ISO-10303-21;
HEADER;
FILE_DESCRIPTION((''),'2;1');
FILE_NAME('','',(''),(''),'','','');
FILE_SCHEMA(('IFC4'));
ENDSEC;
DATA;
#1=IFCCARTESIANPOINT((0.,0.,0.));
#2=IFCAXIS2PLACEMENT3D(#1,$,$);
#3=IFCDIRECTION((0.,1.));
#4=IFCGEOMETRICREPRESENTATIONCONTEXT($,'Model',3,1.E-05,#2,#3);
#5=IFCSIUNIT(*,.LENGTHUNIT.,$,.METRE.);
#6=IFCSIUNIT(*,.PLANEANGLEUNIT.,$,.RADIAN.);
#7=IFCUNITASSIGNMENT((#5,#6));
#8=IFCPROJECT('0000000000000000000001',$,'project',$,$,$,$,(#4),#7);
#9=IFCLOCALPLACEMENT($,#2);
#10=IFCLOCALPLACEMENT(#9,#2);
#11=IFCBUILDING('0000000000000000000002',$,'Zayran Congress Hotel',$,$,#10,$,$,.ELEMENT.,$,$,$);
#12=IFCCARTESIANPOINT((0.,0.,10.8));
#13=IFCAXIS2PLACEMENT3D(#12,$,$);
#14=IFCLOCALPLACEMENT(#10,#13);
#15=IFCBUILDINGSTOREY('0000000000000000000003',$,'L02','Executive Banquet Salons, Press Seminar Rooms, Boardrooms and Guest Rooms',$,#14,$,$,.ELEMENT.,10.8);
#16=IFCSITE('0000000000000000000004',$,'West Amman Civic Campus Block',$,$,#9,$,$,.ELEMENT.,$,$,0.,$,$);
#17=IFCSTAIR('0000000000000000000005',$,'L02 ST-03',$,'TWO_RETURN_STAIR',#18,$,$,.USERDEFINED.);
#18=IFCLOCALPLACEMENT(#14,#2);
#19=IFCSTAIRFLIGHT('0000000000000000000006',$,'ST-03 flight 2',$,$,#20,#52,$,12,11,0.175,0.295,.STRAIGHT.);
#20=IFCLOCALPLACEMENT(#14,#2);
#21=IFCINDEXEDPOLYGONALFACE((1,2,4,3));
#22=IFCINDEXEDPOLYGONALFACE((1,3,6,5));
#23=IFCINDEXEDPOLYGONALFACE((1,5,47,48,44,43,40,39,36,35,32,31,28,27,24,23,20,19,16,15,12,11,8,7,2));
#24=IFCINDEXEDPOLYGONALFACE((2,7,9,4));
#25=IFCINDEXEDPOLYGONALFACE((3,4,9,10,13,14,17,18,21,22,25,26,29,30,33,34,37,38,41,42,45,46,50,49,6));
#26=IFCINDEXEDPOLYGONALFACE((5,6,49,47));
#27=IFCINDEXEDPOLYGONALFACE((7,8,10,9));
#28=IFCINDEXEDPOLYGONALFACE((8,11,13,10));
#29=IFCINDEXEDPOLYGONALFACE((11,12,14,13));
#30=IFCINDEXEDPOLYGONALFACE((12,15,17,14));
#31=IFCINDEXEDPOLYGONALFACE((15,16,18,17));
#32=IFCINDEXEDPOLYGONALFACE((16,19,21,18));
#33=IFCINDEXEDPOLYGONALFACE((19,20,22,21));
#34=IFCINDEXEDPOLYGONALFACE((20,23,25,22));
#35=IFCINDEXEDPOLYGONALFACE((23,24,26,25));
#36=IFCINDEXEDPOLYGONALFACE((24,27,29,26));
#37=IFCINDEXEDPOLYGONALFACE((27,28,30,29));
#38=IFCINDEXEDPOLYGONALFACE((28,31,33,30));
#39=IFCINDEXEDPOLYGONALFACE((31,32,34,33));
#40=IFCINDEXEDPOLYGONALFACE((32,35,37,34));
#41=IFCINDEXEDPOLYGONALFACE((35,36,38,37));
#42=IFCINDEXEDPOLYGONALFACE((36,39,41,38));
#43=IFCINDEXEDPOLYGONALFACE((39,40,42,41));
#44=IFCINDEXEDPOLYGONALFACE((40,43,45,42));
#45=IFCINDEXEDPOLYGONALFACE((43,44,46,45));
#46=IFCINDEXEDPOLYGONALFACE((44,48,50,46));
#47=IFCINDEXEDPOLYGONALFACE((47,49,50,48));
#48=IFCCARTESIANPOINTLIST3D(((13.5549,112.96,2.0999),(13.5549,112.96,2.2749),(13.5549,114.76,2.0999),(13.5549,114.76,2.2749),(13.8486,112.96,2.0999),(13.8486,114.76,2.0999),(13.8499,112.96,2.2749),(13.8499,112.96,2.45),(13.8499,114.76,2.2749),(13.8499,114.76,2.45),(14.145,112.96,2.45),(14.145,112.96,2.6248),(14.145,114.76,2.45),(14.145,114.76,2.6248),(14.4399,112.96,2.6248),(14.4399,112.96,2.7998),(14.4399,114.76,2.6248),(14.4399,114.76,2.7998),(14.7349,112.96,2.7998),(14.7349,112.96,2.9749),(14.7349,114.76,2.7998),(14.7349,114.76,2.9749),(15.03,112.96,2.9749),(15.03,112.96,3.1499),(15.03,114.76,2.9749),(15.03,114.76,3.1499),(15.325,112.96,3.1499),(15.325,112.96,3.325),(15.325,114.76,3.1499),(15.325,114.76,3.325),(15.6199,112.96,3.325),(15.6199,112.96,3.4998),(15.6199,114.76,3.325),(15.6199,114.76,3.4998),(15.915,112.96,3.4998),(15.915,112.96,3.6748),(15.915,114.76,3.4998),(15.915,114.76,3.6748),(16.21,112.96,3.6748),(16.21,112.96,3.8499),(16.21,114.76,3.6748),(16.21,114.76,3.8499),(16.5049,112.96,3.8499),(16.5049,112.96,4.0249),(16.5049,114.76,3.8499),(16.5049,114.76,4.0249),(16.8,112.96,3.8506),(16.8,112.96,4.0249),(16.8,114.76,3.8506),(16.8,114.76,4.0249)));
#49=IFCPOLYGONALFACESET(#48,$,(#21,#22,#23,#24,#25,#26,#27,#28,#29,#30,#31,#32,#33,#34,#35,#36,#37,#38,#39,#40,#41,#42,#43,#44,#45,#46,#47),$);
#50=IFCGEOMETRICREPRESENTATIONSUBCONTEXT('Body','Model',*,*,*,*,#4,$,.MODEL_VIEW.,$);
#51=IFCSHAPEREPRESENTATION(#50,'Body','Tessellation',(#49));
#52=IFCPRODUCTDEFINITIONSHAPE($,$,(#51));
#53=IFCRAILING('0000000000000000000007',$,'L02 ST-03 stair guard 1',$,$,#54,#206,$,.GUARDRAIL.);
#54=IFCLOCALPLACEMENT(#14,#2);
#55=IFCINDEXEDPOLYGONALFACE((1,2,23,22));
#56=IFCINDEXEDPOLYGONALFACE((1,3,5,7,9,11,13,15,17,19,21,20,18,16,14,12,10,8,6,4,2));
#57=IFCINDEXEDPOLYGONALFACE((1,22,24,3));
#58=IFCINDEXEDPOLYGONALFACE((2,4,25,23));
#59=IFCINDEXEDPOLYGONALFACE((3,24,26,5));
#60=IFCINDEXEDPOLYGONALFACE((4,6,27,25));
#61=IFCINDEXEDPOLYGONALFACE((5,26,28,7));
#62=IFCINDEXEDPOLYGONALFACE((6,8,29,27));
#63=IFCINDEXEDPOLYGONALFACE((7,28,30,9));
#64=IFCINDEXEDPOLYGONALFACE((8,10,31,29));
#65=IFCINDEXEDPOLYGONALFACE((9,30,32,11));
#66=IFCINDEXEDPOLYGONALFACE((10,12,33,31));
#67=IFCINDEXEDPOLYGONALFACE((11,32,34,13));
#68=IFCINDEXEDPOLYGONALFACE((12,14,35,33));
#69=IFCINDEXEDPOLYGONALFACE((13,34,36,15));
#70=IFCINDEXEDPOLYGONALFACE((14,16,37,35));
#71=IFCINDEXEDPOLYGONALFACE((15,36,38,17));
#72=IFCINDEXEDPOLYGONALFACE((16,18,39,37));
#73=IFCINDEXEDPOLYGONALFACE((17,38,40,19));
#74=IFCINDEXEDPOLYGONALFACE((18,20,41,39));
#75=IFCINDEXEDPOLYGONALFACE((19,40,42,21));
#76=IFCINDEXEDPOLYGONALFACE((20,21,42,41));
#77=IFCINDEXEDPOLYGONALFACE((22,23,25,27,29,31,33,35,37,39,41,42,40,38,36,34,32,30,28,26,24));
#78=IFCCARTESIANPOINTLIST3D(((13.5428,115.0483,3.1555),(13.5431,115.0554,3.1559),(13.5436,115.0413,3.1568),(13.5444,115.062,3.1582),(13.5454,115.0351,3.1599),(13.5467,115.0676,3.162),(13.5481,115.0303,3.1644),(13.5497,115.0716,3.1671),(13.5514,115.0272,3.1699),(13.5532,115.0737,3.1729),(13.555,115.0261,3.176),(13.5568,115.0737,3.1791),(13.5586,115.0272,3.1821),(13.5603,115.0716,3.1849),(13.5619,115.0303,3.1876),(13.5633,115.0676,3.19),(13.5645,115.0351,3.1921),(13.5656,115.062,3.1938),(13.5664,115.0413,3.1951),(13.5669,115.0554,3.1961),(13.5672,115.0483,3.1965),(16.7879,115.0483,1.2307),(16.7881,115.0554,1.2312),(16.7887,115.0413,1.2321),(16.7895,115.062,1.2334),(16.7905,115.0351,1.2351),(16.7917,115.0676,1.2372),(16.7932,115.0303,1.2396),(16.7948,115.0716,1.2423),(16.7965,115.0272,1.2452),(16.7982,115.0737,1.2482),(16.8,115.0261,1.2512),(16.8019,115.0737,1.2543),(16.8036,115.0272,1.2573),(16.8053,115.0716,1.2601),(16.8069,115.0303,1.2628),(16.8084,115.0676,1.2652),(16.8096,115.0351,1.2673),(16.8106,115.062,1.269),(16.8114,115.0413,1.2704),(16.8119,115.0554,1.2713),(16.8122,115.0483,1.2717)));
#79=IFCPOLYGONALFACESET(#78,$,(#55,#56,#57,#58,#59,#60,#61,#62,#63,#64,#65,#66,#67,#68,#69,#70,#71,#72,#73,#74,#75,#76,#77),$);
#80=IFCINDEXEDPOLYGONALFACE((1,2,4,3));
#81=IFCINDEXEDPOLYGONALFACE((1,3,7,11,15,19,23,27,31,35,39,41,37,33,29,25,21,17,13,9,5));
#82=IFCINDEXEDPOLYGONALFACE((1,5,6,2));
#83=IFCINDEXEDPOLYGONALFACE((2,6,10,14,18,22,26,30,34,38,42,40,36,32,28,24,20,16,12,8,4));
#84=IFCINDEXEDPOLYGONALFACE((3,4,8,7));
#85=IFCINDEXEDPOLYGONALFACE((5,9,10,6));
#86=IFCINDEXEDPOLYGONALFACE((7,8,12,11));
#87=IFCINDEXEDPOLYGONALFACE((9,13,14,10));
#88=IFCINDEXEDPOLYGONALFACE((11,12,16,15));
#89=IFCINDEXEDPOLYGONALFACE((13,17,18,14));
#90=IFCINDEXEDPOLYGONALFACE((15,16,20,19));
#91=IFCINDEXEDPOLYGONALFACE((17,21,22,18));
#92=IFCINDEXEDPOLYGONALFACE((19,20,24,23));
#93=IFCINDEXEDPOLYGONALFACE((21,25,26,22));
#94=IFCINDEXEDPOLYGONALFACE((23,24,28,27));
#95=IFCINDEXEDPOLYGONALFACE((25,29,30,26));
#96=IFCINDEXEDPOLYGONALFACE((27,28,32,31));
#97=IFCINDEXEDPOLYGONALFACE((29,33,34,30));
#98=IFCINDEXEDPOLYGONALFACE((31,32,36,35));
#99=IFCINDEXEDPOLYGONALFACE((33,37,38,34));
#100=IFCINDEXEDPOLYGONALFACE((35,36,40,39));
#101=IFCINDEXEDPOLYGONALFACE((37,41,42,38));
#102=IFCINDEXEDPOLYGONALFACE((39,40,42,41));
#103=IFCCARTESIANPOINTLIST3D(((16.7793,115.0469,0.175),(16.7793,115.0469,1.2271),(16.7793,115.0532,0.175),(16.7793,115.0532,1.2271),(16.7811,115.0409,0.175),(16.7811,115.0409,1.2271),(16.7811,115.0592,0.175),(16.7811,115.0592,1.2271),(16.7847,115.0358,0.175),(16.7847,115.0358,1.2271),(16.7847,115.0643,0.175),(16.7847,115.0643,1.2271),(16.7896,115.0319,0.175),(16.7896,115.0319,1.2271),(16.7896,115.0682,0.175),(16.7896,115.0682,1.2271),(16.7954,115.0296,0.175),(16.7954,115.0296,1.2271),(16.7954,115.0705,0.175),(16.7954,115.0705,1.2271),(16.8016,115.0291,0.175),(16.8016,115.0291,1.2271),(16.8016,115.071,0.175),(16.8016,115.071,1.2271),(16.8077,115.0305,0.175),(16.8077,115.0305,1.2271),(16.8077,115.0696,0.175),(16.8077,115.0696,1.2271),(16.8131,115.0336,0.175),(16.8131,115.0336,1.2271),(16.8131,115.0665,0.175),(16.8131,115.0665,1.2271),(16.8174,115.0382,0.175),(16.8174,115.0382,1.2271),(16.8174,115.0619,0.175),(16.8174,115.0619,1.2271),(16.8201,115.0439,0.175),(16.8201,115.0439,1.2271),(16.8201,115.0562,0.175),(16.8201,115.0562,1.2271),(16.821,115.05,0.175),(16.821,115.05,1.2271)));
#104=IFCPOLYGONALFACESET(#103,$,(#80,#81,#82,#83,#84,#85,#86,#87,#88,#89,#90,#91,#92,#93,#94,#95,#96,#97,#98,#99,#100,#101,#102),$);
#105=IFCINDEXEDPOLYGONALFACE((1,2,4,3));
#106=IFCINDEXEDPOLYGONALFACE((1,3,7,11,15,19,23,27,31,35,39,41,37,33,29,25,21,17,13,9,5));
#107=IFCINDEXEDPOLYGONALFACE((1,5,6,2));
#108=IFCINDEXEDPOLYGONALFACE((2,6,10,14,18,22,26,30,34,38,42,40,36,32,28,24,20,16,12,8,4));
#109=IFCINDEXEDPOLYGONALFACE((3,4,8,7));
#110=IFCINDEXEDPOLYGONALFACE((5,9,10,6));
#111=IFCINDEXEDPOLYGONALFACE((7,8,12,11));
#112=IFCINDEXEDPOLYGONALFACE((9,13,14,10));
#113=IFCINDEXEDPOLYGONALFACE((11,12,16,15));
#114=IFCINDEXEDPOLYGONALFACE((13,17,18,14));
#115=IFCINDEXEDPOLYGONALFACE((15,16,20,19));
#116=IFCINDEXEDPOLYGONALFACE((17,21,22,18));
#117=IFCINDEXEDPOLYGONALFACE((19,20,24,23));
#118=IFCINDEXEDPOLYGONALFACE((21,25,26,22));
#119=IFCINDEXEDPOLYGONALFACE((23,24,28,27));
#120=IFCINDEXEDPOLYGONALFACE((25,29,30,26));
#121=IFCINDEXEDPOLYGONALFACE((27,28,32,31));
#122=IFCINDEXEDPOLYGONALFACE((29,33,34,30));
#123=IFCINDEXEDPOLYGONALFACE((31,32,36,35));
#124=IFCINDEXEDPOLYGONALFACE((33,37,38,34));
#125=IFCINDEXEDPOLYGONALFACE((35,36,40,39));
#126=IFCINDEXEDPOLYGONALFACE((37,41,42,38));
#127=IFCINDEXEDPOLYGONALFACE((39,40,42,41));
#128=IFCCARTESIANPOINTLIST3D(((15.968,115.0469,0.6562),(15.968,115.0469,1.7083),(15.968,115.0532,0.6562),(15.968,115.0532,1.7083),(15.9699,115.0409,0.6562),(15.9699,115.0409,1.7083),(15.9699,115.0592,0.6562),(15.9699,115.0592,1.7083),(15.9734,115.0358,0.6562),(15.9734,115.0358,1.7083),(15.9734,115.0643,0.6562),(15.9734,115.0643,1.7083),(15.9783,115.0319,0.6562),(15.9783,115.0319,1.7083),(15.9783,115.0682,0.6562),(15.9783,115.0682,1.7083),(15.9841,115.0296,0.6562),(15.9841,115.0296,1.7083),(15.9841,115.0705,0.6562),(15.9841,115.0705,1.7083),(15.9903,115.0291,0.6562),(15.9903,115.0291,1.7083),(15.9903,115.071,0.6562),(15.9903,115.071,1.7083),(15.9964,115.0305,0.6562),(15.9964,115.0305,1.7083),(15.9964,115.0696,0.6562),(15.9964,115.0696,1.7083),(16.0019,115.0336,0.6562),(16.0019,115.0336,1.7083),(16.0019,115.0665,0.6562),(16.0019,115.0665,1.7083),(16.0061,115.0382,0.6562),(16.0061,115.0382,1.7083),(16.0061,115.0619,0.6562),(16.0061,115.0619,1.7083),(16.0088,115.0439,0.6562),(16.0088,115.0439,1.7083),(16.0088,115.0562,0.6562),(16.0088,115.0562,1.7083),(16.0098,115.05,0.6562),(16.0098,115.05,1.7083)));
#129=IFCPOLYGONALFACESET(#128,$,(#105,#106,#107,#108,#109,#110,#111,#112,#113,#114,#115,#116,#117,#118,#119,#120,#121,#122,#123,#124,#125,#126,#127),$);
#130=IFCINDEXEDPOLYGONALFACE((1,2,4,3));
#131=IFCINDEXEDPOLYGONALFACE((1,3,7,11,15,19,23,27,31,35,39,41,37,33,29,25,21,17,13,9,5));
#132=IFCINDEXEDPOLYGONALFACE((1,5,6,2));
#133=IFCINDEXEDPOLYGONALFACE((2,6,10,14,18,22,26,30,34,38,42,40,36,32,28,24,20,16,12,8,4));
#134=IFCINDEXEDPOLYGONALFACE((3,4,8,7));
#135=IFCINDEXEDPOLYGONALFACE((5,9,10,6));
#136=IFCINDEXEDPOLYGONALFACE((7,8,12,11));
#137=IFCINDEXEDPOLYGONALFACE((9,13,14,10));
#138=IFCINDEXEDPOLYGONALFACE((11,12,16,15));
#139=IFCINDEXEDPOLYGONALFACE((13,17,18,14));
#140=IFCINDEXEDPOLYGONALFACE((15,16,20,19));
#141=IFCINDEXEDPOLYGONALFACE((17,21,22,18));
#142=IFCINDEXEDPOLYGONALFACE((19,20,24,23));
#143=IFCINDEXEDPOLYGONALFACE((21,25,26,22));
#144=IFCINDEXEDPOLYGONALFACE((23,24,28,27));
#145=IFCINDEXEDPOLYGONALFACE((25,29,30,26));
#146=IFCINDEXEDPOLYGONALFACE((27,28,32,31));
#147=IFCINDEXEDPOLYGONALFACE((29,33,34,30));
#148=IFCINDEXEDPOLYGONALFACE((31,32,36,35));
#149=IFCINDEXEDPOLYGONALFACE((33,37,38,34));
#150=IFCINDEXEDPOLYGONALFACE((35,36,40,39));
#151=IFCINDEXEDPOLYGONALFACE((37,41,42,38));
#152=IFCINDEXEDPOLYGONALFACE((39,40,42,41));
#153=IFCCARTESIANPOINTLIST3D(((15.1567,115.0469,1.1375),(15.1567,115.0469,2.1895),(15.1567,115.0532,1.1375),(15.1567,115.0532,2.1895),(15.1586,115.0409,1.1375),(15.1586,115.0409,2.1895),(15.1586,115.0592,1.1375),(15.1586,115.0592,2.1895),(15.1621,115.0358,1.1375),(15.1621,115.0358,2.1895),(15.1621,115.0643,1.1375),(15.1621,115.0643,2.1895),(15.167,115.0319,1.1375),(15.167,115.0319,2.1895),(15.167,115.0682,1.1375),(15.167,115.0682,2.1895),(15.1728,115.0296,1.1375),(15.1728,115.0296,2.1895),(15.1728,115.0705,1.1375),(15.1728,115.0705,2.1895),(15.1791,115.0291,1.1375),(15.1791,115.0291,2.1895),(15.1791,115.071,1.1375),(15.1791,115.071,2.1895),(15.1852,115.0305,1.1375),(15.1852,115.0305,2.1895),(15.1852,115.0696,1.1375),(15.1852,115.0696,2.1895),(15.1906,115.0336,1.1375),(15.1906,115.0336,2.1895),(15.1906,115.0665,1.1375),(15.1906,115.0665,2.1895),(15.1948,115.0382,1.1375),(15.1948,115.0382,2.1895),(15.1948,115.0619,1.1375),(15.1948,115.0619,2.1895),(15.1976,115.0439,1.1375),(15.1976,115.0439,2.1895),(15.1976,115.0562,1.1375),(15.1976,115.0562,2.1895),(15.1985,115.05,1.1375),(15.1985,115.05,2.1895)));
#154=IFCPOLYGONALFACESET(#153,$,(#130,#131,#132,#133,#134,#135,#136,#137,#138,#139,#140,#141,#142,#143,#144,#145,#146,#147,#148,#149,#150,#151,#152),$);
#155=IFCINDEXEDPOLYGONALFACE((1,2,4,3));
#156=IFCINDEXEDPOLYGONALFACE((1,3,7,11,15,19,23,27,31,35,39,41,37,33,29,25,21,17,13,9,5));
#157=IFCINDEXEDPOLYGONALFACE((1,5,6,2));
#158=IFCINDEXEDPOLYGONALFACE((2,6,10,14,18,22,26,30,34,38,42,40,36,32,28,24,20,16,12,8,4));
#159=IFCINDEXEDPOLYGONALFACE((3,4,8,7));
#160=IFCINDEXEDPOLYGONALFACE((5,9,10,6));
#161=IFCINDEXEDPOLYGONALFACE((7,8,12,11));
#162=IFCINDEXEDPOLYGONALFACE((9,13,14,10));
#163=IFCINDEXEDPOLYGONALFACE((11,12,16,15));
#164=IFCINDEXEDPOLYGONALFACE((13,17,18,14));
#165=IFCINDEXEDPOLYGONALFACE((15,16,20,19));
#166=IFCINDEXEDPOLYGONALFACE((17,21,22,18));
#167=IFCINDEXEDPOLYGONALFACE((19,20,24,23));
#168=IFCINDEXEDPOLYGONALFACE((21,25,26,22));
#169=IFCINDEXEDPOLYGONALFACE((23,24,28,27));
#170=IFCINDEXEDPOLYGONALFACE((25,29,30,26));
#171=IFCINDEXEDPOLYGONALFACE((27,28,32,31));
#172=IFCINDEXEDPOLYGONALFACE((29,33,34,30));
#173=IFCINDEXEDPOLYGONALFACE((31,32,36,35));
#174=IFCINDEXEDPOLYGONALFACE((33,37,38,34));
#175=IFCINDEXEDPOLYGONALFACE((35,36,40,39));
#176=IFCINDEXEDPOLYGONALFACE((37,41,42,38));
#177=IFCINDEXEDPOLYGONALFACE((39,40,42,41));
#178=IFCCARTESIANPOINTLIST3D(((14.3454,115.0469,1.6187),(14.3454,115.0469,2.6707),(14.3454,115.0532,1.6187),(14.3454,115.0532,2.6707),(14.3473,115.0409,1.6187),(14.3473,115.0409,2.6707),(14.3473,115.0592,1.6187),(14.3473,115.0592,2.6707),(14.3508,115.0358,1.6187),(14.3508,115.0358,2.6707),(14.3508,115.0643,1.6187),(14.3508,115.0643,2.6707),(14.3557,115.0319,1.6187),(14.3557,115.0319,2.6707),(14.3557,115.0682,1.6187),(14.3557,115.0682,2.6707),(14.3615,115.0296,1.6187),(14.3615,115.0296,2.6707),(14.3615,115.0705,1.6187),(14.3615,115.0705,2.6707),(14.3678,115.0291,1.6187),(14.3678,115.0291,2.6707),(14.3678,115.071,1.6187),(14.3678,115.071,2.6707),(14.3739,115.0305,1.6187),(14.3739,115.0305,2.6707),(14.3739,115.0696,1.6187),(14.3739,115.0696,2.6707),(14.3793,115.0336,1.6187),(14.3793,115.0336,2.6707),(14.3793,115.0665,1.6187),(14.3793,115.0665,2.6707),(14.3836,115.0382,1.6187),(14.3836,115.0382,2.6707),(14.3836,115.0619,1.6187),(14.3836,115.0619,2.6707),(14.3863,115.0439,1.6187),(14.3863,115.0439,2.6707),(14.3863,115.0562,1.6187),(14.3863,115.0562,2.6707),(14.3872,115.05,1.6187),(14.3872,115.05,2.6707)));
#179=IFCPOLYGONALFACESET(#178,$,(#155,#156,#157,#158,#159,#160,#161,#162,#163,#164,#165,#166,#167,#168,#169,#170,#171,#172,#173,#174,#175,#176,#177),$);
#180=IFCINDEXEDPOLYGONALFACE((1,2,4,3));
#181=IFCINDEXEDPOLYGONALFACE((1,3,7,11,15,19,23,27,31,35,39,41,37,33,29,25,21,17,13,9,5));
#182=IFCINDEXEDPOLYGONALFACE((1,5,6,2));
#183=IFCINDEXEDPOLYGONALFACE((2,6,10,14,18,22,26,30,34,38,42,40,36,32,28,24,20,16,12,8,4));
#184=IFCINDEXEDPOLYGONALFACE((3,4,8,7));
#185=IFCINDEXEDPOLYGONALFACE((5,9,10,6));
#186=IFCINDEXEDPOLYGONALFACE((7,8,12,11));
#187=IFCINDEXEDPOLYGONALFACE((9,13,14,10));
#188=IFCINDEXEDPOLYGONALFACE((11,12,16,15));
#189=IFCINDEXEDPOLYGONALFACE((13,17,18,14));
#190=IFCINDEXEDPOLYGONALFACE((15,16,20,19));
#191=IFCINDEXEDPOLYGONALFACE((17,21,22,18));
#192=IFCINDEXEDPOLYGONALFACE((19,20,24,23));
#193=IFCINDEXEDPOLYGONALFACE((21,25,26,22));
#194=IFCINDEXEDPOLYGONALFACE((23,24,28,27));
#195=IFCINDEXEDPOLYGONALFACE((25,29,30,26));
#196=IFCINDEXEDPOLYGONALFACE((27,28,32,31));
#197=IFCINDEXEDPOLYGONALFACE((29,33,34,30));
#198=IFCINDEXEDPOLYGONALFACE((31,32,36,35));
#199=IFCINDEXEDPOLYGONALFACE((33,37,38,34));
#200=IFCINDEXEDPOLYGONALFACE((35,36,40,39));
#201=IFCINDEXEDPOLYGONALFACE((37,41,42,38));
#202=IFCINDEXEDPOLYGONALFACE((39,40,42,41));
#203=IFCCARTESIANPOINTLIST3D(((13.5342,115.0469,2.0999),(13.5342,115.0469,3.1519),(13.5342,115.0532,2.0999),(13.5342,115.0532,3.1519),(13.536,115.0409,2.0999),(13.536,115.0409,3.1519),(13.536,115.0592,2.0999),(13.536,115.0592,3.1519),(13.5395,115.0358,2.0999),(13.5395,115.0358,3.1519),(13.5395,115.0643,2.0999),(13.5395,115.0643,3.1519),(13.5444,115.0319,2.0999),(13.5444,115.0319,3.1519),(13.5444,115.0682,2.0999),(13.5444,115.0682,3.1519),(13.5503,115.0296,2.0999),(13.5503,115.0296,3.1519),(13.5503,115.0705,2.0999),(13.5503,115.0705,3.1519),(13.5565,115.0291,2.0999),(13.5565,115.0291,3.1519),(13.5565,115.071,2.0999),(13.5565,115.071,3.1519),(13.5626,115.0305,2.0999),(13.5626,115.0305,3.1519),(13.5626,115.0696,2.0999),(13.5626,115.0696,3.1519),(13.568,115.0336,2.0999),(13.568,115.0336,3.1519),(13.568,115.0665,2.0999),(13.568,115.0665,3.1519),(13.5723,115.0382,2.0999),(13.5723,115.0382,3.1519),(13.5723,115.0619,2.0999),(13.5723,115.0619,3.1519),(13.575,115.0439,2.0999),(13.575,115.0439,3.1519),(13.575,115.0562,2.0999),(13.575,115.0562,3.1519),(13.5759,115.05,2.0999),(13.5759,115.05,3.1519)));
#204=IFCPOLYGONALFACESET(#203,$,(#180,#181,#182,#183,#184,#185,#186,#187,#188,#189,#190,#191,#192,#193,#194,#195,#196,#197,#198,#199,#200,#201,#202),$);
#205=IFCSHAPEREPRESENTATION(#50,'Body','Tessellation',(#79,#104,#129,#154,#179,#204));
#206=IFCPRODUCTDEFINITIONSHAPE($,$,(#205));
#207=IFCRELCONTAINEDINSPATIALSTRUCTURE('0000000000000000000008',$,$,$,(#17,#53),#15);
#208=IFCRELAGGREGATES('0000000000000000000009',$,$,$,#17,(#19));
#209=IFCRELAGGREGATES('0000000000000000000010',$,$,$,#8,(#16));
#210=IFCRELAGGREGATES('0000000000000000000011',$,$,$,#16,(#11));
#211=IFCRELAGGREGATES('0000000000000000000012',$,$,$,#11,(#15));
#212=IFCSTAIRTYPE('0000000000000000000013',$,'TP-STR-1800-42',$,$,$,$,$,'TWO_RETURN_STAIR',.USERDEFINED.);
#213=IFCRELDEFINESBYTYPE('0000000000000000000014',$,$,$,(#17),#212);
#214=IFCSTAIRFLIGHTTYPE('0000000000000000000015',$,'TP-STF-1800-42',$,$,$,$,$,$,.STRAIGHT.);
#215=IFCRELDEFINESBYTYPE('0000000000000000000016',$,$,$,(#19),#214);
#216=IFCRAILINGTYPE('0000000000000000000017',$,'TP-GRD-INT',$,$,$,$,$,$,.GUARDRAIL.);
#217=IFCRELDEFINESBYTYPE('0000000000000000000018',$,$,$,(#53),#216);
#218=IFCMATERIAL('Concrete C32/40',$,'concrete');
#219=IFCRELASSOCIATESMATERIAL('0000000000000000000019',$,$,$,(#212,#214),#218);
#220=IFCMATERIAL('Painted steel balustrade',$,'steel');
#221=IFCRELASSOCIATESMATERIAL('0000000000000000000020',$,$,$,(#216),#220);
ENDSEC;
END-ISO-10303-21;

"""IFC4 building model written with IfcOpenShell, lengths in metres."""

from ifc_helpers import new_model, si_unit, direction, frame, origin, origin_2d, place, context, subcontext, project, spatial, polyline, circle, outline, extrude, material, type_object, element, aggregate, save


model = new_model("IFC4")

# Units and contexts
model_context = context("Model", 3, precision=1e-05, world=origin(), true_north=direction((0.0, 1.0)))
body_context = subcontext(model_context, "Body", "Model", "MODEL_VIEW")
ifc_project = project(units=[si_unit("LENGTHUNIT", "METRE"), si_unit("PLANEANGLEUNIT", "RADIAN")], contexts=[model_context])

# Site, building, storey
site_placement = place(None, origin())
site = spatial("IfcSite", under=ifc_project, at=site_placement, Name="West Amman Civic Campus Block", CompositionType="ELEMENT", RefElevation=0.0)
building_placement = place(site_placement, origin())
building = spatial("IfcBuilding", under=site, at=building_placement, Name="Zayran Congress Hotel", CompositionType="ELEMENT")
storey_placement = place(building_placement, frame((0.0, 0.0, 10.8)))
storey = spatial("IfcBuildingStorey", under=building, at=storey_placement, Name="L02", Description="Executive Banquet Salons, Press Seminar Rooms, Boardrooms and Guest Rooms", CompositionType="ELEMENT", Elevation=10.8)

# Stair, stair flight
ifc_material_1 = material(Name="Concrete C32/40", Category="concrete")
stair_type = type_object("IfcStairType", Name="TP-STR-1800-42", ElementType="TWO_RETURN_STAIR", PredefinedType="USERDEFINED", material=ifc_material_1)
stair_placement = place(storey_placement, origin())
stair = element("IfcStair", 1, at=stair_placement, inside=storey, type_object=stair_type, Name="L02 ST-03", ObjectType="TWO_RETURN_STAIR", PredefinedType="USERDEFINED")
stair_flight_type = type_object("IfcStairFlightType", Name="TP-STF-1800-42", PredefinedType="STRAIGHT", material=ifc_material_1)
stair_flight_1_placement = place(storey_placement, frame((13.5549, 113.8601, 2.0999), z_axis=(0.0, 0.0, 1.0), x_axis=(1.0, 0.0, 0.0)))
stair_flight_1 = element("IfcStairFlight", 2, at=stair_flight_1_placement, type_object=stair_flight_type, Name="ST-03 flight 2", NumberOfRisers=12, NumberOfTreads=11, PredefinedType="STRAIGHT", RiserHeight=0.175, TreadLength=0.295, context=body_context, shape_type="SweptSolid", body=[
    extrude(outline(polyline([(0.0, 0.0), (0.0, 0.175), (0.2949, 0.175), (0.2949, 0.3501), (0.5901, 0.3501), (0.5901, 0.5249), (0.885, 0.5249), (0.885, 0.7), (1.1799, 0.7), (1.1799, 0.875), (1.4751, 0.875), (1.4751, 1.05), (1.77, 1.05), (1.77, 1.2251), (2.0649, 1.2251), (2.0649, 1.3999), (2.3601, 1.3999), (2.3601, 1.575), (2.655, 1.575), (2.655, 1.75), (2.95, 1.75), (2.95, 1.925), (3.2451, 1.925), (3.2451, 2.1001), (3.2451, 1.7507), (0.2937, 0.0), (0.0, 0.0)])), frame((0.0, 0.8999, 0.0), z_axis=(0.0, -1.0, 0.0), x_axis=(1.0, 0.0, 0.0)), (0.0, 0.0, 1.0), 1.8),
])
aggregate(stair, [stair_flight_1])

# Railing
ifc_material_2 = material(Name="Painted steel balustrade", Category="steel")
railing_type_1 = type_object("IfcRailingType", Name="TP-GRD-INT", PredefinedType="GUARDRAIL", material=ifc_material_2)
railing_1_placement = place(storey_placement, frame((16.8, 115.05, 0.175)))
element("IfcRailing", 3, at=railing_1_placement, inside=storey, type_object=railing_type_1, Name="L02 ST-03 stair guard 1", PredefinedType="GUARDRAIL", context=body_context, shape_type="SweptSolid", body=[
    extrude(circle(Radius=0.0239, at=origin_2d()), frame((0.0, 0.0, 1.0762), z_axis=(-0.860085, 0.0, 0.51015), x_axis=(0.0, -1.0, 0.0)), (0.0, 0.0, 1.0), 3.7729),
    extrude(circle(Radius=0.021, at=origin_2d()), origin(), (0.0, 0.0, 1.0), 1.052),
    extrude(circle(Radius=0.021, at=origin_2d()), frame((-0.8113, 0.0, 0.4812)), (0.0, 0.0, 1.0), 1.052),
    extrude(circle(Radius=0.021, at=origin_2d()), frame((-1.6226, 0.0, 0.9624)), (0.0, 0.0, 1.0), 1.052),
    extrude(circle(Radius=0.021, at=origin_2d()), frame((-2.4338, 0.0, 1.4436)), (0.0, 0.0, 1.0), 1.052),
    extrude(circle(Radius=0.021, at=origin_2d()), frame((-3.2451, 0.0, 1.9248)), (0.0, 0.0, 1.0), 1.052),
])

save(model, "model.ifc")
